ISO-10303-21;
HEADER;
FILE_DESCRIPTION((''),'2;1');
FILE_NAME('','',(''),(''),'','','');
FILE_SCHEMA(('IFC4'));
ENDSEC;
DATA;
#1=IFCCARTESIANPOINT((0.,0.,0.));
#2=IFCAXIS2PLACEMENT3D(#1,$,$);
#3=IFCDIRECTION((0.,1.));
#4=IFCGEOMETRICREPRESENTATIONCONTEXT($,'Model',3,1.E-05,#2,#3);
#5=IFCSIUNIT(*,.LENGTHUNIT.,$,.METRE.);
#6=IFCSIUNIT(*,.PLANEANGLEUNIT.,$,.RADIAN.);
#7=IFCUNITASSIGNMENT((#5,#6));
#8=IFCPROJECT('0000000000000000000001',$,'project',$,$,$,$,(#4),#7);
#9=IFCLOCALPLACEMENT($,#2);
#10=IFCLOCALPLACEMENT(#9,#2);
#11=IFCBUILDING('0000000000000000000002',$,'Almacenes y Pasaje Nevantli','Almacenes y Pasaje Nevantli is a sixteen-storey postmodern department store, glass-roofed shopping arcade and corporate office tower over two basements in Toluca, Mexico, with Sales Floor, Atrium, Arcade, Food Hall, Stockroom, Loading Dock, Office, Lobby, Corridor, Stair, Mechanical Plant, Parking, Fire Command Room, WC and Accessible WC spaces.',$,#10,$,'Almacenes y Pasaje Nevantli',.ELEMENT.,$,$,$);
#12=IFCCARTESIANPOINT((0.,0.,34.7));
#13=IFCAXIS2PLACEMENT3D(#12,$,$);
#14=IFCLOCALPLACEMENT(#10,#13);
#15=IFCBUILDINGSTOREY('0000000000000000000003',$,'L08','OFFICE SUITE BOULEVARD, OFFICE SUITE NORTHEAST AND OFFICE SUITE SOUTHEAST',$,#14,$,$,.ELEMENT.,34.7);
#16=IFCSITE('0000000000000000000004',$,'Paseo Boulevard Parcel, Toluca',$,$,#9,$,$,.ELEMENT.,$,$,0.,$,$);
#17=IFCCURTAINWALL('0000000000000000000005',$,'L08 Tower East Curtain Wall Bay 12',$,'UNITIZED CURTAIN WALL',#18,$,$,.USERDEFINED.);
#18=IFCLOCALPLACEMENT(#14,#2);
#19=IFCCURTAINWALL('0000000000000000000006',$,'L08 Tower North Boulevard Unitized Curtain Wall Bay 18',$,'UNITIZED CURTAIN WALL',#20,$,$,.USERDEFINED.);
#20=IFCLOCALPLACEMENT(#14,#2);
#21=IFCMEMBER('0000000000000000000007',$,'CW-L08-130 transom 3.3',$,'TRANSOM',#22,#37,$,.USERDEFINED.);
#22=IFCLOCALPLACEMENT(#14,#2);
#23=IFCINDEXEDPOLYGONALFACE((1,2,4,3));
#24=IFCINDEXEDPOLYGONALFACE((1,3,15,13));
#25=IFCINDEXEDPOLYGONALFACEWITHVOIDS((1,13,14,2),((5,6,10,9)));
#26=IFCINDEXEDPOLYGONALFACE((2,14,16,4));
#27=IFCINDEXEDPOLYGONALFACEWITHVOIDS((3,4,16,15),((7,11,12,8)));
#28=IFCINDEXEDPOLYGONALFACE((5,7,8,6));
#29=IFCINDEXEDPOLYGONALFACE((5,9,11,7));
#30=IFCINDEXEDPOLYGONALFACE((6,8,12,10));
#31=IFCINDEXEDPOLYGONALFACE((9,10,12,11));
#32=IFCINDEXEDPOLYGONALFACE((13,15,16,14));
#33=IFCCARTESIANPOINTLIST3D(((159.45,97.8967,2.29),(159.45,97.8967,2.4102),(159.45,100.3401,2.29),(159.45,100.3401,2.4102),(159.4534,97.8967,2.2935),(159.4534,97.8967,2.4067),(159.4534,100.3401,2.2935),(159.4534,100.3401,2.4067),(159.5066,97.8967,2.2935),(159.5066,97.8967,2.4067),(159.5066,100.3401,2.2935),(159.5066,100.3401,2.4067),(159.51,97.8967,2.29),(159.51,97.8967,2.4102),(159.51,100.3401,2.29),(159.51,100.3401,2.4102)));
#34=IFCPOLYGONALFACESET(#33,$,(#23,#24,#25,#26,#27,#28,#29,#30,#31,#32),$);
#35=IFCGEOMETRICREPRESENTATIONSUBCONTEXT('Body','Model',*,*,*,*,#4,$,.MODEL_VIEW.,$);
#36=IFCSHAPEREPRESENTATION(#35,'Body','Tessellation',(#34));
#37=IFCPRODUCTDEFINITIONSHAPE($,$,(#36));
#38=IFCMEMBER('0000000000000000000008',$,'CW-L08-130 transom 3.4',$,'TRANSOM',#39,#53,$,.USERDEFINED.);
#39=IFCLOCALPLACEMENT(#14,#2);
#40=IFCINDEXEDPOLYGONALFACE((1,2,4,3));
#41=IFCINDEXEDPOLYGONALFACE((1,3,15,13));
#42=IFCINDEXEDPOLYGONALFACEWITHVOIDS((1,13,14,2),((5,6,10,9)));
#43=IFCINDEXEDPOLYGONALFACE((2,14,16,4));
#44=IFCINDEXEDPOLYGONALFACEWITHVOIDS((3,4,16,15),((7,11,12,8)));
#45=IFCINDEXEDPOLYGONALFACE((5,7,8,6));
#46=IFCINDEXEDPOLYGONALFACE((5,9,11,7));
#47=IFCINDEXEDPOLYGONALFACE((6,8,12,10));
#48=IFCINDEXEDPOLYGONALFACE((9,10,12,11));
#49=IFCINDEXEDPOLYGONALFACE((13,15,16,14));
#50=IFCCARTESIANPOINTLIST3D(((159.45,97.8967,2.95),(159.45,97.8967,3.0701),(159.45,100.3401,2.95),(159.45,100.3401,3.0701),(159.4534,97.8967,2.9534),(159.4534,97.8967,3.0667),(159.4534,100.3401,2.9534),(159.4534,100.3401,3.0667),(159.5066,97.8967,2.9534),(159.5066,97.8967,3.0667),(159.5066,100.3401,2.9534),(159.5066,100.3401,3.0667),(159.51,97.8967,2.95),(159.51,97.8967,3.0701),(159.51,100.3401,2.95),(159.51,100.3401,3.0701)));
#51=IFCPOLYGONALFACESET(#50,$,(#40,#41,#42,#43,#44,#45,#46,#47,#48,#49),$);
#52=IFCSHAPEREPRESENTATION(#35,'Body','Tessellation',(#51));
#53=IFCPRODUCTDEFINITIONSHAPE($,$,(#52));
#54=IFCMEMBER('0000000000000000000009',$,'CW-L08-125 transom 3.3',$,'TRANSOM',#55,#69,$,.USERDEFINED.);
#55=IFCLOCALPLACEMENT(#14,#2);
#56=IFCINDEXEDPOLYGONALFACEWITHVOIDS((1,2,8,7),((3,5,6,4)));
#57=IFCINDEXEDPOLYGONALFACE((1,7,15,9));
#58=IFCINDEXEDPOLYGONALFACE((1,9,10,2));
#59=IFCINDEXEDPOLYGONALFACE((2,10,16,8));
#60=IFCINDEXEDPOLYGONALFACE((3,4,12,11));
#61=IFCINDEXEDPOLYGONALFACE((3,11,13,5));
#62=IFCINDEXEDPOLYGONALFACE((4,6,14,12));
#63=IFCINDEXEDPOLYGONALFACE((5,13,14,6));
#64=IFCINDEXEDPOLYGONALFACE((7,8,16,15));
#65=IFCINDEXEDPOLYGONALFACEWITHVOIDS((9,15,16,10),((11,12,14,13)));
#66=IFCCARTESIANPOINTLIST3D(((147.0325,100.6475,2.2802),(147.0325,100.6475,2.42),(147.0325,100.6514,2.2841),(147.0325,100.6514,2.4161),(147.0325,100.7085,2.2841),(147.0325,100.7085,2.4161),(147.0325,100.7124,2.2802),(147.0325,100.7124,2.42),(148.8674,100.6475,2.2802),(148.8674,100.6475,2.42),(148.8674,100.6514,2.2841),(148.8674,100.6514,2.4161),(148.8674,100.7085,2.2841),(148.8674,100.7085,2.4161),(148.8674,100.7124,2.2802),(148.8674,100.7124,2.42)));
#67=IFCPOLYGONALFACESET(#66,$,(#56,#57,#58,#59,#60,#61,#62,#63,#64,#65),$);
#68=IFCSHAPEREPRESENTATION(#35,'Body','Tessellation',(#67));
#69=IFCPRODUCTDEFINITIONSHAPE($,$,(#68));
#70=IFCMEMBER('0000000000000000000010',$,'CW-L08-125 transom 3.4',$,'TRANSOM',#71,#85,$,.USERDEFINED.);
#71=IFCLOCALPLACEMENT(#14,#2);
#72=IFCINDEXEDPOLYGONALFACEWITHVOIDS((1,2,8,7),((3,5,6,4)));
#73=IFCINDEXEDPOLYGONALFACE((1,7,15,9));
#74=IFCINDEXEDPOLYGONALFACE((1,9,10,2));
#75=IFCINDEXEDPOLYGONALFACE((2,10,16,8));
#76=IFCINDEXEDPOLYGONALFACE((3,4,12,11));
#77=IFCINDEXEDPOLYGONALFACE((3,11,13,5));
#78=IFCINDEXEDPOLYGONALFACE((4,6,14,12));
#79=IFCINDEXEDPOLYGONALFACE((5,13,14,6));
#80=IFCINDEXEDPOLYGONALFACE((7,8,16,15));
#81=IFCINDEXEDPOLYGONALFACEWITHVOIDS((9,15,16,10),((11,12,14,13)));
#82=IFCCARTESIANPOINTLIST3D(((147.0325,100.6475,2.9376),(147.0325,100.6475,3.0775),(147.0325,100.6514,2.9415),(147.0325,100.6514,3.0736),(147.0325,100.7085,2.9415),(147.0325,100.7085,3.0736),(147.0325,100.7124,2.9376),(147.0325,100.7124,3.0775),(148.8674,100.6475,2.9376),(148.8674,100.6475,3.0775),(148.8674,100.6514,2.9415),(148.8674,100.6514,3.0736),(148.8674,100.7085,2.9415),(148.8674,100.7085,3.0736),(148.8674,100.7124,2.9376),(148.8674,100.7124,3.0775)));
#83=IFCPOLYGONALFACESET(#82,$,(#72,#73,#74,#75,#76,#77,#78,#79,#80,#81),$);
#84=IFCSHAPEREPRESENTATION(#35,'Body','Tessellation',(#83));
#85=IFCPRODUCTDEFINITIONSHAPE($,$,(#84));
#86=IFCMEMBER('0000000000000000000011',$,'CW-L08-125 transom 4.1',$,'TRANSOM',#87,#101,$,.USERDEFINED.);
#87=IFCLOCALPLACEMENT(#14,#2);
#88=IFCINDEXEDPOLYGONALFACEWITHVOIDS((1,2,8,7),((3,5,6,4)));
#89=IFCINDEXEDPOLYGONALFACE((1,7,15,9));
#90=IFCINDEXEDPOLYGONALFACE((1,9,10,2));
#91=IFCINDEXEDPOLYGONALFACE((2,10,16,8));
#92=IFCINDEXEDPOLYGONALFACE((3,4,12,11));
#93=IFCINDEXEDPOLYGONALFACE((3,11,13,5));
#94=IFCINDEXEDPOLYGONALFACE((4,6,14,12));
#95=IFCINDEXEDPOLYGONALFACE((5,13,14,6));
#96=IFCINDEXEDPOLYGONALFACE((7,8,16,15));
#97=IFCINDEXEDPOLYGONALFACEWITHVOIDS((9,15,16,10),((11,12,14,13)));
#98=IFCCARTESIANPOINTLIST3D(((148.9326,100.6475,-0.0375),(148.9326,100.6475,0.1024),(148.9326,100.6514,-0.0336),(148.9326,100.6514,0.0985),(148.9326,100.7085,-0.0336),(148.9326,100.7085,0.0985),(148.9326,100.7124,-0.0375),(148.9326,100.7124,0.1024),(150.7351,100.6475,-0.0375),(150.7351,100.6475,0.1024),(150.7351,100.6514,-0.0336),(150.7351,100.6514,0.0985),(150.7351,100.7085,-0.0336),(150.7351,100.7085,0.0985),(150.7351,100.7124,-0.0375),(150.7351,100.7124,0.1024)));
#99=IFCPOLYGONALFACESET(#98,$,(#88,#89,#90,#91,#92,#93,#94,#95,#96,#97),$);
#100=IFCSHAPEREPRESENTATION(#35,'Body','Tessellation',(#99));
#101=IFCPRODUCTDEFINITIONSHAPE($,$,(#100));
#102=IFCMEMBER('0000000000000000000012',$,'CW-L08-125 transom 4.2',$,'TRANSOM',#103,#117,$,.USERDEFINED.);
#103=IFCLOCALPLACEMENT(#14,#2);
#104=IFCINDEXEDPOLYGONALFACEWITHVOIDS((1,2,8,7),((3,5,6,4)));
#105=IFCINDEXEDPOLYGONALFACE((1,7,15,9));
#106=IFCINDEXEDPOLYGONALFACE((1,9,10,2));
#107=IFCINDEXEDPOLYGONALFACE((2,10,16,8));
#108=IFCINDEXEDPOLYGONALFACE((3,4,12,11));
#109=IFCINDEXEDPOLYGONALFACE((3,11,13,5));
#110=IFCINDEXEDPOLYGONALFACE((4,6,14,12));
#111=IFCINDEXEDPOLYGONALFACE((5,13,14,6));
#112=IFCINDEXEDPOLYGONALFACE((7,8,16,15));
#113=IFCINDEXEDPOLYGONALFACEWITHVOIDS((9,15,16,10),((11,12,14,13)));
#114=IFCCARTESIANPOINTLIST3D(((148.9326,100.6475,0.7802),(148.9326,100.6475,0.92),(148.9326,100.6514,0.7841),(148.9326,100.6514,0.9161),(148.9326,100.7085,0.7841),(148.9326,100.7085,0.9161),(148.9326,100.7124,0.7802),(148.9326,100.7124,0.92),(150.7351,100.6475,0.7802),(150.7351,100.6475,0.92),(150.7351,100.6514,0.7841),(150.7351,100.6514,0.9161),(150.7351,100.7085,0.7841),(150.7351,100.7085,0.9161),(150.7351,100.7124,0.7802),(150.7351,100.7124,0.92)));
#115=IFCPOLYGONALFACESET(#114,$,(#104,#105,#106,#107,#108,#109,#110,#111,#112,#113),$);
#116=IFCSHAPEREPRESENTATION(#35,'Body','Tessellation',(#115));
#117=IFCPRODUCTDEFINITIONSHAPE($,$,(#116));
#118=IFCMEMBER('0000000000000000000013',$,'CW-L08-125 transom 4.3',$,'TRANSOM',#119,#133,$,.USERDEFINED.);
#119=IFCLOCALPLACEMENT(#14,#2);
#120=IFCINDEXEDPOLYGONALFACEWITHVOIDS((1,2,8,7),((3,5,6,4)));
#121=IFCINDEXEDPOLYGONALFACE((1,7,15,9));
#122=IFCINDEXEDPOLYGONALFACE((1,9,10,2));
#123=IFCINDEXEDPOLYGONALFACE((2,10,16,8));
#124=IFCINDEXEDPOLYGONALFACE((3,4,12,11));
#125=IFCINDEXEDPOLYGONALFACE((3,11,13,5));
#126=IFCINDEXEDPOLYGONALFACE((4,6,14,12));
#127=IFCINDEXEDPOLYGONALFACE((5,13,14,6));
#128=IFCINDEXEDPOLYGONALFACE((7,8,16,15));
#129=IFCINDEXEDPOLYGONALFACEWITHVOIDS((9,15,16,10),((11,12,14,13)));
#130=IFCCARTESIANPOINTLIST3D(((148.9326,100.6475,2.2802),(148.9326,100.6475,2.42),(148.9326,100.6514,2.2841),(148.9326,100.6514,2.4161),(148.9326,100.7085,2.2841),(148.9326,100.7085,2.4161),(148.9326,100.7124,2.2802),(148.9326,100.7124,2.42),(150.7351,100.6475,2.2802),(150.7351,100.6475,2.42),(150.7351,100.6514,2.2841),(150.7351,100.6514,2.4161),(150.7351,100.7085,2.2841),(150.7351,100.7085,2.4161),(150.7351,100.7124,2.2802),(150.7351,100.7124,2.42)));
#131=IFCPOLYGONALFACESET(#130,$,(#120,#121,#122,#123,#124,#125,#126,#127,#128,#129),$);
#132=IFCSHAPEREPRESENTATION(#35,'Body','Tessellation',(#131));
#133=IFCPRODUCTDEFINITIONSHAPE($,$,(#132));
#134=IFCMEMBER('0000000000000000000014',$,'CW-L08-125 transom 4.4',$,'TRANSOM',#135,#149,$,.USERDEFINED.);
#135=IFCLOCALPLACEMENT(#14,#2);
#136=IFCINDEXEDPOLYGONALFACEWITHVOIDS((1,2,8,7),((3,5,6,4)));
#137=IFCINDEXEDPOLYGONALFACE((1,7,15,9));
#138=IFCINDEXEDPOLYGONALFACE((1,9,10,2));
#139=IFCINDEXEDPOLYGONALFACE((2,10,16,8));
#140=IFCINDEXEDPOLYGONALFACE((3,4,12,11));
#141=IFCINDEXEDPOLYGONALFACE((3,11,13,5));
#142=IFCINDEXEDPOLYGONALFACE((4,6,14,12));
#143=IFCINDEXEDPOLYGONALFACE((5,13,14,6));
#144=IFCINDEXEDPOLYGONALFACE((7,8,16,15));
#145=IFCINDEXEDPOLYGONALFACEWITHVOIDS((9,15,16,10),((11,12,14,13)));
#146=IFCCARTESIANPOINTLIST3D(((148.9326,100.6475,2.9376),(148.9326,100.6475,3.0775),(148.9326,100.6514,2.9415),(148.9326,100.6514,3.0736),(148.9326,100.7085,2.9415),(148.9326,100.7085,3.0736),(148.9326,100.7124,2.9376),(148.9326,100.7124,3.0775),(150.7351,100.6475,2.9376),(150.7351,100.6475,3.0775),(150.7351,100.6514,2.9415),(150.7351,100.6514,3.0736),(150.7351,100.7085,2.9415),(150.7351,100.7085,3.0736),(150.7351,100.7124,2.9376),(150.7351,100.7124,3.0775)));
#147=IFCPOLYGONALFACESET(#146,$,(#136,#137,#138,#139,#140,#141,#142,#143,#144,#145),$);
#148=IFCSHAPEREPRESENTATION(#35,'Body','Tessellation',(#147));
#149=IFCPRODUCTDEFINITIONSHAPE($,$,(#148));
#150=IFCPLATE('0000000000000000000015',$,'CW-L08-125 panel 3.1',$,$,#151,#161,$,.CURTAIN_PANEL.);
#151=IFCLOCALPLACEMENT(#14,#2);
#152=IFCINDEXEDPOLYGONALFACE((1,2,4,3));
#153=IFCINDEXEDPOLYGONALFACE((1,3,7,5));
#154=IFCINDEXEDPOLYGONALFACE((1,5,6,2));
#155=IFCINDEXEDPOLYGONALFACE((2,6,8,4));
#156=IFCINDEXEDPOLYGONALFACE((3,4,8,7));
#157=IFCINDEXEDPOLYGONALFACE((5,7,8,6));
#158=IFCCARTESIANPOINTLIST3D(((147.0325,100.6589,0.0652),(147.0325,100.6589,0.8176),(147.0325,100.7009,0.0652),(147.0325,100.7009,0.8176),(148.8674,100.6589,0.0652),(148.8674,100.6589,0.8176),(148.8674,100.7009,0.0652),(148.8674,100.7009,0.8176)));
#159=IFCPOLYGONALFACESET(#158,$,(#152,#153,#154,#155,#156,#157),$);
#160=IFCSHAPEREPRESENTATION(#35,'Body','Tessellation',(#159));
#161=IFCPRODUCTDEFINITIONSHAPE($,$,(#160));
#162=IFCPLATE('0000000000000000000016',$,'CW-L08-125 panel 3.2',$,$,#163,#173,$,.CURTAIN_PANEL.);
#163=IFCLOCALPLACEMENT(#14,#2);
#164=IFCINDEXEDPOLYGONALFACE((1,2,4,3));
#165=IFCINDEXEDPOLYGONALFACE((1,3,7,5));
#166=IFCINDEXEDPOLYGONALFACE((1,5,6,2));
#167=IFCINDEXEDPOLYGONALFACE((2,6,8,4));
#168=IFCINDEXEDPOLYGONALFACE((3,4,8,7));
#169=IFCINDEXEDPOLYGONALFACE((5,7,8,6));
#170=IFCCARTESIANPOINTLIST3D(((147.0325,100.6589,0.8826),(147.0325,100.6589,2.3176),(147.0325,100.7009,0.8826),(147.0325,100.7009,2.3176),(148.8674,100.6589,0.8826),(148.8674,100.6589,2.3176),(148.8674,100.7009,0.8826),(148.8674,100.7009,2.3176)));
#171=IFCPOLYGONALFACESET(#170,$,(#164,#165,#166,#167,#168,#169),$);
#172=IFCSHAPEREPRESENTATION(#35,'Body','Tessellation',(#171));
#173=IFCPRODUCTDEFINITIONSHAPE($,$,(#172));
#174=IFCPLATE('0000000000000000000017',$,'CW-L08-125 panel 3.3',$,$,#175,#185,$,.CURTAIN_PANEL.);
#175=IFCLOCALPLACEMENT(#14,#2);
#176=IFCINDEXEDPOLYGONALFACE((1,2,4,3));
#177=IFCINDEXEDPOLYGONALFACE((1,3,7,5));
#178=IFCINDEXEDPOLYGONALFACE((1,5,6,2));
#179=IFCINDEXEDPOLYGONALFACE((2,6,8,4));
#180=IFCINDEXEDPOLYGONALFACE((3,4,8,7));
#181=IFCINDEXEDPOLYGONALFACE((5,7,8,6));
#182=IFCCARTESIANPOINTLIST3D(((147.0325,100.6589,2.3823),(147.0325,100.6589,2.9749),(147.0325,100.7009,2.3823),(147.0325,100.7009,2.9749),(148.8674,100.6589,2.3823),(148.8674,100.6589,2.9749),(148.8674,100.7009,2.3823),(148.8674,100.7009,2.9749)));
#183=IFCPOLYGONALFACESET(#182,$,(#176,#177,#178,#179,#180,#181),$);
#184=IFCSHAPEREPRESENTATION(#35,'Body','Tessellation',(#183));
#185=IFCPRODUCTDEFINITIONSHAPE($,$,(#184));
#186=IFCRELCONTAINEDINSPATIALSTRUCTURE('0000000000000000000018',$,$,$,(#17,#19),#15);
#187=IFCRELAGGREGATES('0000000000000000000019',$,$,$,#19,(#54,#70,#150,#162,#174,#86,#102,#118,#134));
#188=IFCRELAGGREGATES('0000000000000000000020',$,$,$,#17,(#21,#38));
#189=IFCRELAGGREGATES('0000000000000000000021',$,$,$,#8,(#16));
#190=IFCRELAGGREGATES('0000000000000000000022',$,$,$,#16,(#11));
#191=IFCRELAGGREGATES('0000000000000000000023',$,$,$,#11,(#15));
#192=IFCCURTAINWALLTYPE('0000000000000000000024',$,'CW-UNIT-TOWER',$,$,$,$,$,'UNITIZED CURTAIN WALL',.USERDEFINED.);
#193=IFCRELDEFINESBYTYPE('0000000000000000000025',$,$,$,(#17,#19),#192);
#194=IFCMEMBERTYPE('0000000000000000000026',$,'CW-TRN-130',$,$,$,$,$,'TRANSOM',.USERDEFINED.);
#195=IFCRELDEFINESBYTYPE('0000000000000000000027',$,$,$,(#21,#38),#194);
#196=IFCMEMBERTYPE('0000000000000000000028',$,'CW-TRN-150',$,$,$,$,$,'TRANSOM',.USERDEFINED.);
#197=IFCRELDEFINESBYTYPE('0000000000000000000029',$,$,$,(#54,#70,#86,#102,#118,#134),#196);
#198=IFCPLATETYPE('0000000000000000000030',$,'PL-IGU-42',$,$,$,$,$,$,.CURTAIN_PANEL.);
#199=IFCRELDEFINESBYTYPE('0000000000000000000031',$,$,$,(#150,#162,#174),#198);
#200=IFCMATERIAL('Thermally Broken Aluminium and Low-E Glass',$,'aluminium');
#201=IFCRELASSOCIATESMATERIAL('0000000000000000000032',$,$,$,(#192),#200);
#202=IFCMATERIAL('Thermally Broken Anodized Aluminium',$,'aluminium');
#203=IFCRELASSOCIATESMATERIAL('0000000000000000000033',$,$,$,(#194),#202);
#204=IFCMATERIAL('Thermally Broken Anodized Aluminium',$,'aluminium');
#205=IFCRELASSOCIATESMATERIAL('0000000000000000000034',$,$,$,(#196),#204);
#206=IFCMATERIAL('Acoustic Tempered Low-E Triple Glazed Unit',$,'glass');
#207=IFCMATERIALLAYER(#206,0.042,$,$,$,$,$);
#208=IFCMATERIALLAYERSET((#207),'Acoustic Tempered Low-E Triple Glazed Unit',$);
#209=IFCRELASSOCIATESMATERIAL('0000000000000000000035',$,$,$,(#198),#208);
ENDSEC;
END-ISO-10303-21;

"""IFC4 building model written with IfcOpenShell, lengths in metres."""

from ifc_helpers import new_model, si_unit, direction, frame, origin, origin_2d, place, context, subcontext, project, spatial, rectangle, hollow_rectangle, extrude, material, layer, layer_set, material_profile, profile_set, type_object, element, aggregate, save


model = new_model("IFC4")

# Units and contexts
model_context = context("Model", 3, precision=1e-05, world=origin(), true_north=direction((0.0, 1.0)))
body_context = subcontext(model_context, "Body", "Model", "MODEL_VIEW")
ifc_project = project(units=[si_unit("LENGTHUNIT", "METRE"), si_unit("PLANEANGLEUNIT", "RADIAN")], contexts=[model_context])

# Site, building, storey
site_placement = place(None, origin())
site = spatial("IfcSite", under=ifc_project, at=site_placement, Name="Paseo Boulevard Parcel, Toluca", CompositionType="ELEMENT", RefElevation=0.0)
building_placement = place(site_placement, origin())
building = spatial("IfcBuilding", under=site, at=building_placement, Name="Almacenes y Pasaje Nevantli", Description="Almacenes y Pasaje Nevantli is a sixteen-storey postmodern department store, glass-roofed shopping arcade and corporate office tower over two basements in Toluca, Mexico, with Sales Floor, Atrium, Arcade, Food Hall, Stockroom, Loading Dock, Office, Lobby, Corridor, Stair, Mechanical Plant, Parking, Fire Command Room, WC and Accessible WC spaces.", LongName="Almacenes y Pasaje Nevantli", CompositionType="ELEMENT")
storey_placement = place(building_placement, frame((0.0, 0.0, 34.7)))
storey = spatial("IfcBuildingStorey", under=building, at=storey_placement, Name="L08", Description="OFFICE SUITE BOULEVARD, OFFICE SUITE NORTHEAST AND OFFICE SUITE SOUTHEAST", CompositionType="ELEMENT", Elevation=34.7)

# Curtain walls
ifc_material_1 = material(Name="Thermally Broken Aluminium and Low-E Glass", Category="aluminium")
curtain_wall_type = type_object("IfcCurtainWallType", Name="CW-UNIT-TOWER", ElementType="UNITIZED CURTAIN WALL", PredefinedType="USERDEFINED", material=ifc_material_1)
curtain_wall_1_placement = place(storey_placement, origin())
curtain_wall_1 = element("IfcCurtainWall", 1, at=curtain_wall_1_placement, inside=storey, type_object=curtain_wall_type, Name="L08 Tower East Curtain Wall Bay 12", ObjectType="UNITIZED CURTAIN WALL", PredefinedType="USERDEFINED")
curtain_wall_2_placement = place(storey_placement, origin())
curtain_wall_2 = element("IfcCurtainWall", 2, at=curtain_wall_2_placement, inside=storey, type_object=curtain_wall_type, Name="L08 Tower North Boulevard Unitized Curtain Wall Bay 18", ObjectType="UNITIZED CURTAIN WALL", PredefinedType="USERDEFINED")

# Members
ifc_material_2 = material(Name="Thermally Broken Anodized Aluminium", Category="aluminium")
ifc_material_profile_1 = material_profile(ifc_material_2, hollow_rectangle(XDim=0.0601, YDim=0.1201, WallThickness=0.0034, at=origin_2d()), Name="ALU-TRN-60x120")
ifc_profile_set_1 = profile_set([ifc_material_profile_1], Name="Thermally Broken Anodized Aluminium")
member_type_1 = type_object("IfcMemberType", Name="CW-TRN-130", ElementType="TRANSOM", PredefinedType="USERDEFINED", material=ifc_profile_set_1)
member_1_placement = place(storey_placement, frame((159.48, 97.8967, 2.3501), z_axis=(0.0, 1.0, 0.0), x_axis=(-1.0, 0.0, 0.0)))
member_1 = element("IfcMember", 3, at=member_1_placement, type_object=member_type_1, Name="CW-L08-130 transom 3.3", ObjectType="TRANSOM", PredefinedType="USERDEFINED", context=body_context, shape_type="SweptSolid", body=[
    extrude(hollow_rectangle(XDim=0.0601, YDim=0.1201, WallThickness=0.0034, at=origin_2d()), origin(), (0.0, 0.0, 1.0), 2.4434),
])
member_2_placement = place(storey_placement, frame((159.48, 97.8967, 3.01), z_axis=(0.0, 1.0, 0.0), x_axis=(-1.0, 0.0, 0.0)))
member_2 = element("IfcMember", 4, at=member_2_placement, type_object=member_type_1, Name="CW-L08-130 transom 3.4", ObjectType="TRANSOM", PredefinedType="USERDEFINED", context=body_context, shape_type="SweptSolid", body=[
    extrude(hollow_rectangle(XDim=0.0601, YDim=0.1201, WallThickness=0.0034, at=origin_2d()), origin(), (0.0, 0.0, 1.0), 2.4434),
])
ifc_material_3 = material(Name="Thermally Broken Anodized Aluminium", Category="aluminium")
ifc_material_profile_2 = material_profile(ifc_material_3, hollow_rectangle(XDim=0.0649, YDim=0.1399, WallThickness=0.0039, at=origin_2d()), Name="ALU-TRN-65x140")
ifc_profile_set_2 = profile_set([ifc_material_profile_2], Name="Thermally Broken Anodized Aluminium")
member_type_2 = type_object("IfcMemberType", Name="CW-TRN-150", ElementType="TRANSOM", PredefinedType="USERDEFINED", material=ifc_profile_set_2)
member_3_placement = place(storey_placement, frame((147.0325, 100.6799, 2.3501), z_axis=(1.0, 0.0, 0.0), x_axis=(0.0, 1.0, 0.0)))
member_3 = element("IfcMember", 5, at=member_3_placement, type_object=member_type_2, Name="CW-L08-125 transom 3.3", ObjectType="TRANSOM", PredefinedType="USERDEFINED", context=body_context, shape_type="SweptSolid", body=[
    extrude(hollow_rectangle(XDim=0.0649, YDim=0.1399, WallThickness=0.0039, at=origin_2d()), origin(), (0.0, 0.0, 1.0), 1.835),
])
member_4_placement = place(storey_placement, frame((147.0325, 100.6799, 3.0076), z_axis=(1.0, 0.0, 0.0), x_axis=(0.0, 1.0, 0.0)))
member_4 = element("IfcMember", 6, at=member_4_placement, type_object=member_type_2, Name="CW-L08-125 transom 3.4", ObjectType="TRANSOM", PredefinedType="USERDEFINED", context=body_context, shape_type="SweptSolid", body=[
    extrude(hollow_rectangle(XDim=0.0649, YDim=0.1399, WallThickness=0.0039, at=origin_2d()), origin(), (0.0, 0.0, 1.0), 1.835),
])
member_5_placement = place(storey_placement, frame((148.9326, 100.6799, 0.0325), z_axis=(1.0, 0.0, 0.0), x_axis=(0.0, 1.0, 0.0)))
member_5 = element("IfcMember", 7, at=member_5_placement, type_object=member_type_2, Name="CW-L08-125 transom 4.1", ObjectType="TRANSOM", PredefinedType="USERDEFINED", context=body_context, shape_type="SweptSolid", body=[
    extrude(hollow_rectangle(XDim=0.0649, YDim=0.1399, WallThickness=0.0039, at=origin_2d()), origin(), (0.0, 0.0, 1.0), 1.8025),
])
member_6_placement = place(storey_placement, frame((148.9326, 100.6799, 0.8501), z_axis=(1.0, 0.0, 0.0), x_axis=(0.0, 1.0, 0.0)))
member_6 = element("IfcMember", 8, at=member_6_placement, type_object=member_type_2, Name="CW-L08-125 transom 4.2", ObjectType="TRANSOM", PredefinedType="USERDEFINED", context=body_context, shape_type="SweptSolid", body=[
    extrude(hollow_rectangle(XDim=0.0649, YDim=0.1399, WallThickness=0.0039, at=origin_2d()), origin(), (0.0, 0.0, 1.0), 1.8025),
])
member_7_placement = place(storey_placement, frame((148.9326, 100.6799, 2.3501), z_axis=(1.0, 0.0, 0.0), x_axis=(0.0, 1.0, 0.0)))
member_7 = element("IfcMember", 9, at=member_7_placement, type_object=member_type_2, Name="CW-L08-125 transom 4.3", ObjectType="TRANSOM", PredefinedType="USERDEFINED", context=body_context, shape_type="SweptSolid", body=[
    extrude(hollow_rectangle(XDim=0.0649, YDim=0.1399, WallThickness=0.0039, at=origin_2d()), origin(), (0.0, 0.0, 1.0), 1.8025),
])
member_8_placement = place(storey_placement, frame((148.9326, 100.6799, 3.0076), z_axis=(1.0, 0.0, 0.0), x_axis=(0.0, 1.0, 0.0)))
member_8 = element("IfcMember", 10, at=member_8_placement, type_object=member_type_2, Name="CW-L08-125 transom 4.4", ObjectType="TRANSOM", PredefinedType="USERDEFINED", context=body_context, shape_type="SweptSolid", body=[
    extrude(hollow_rectangle(XDim=0.0649, YDim=0.1399, WallThickness=0.0039, at=origin_2d()), origin(), (0.0, 0.0, 1.0), 1.8025),
])

# Plates
ifc_material_4 = material(Name="Acoustic Tempered Low-E Triple Glazed Unit", Category="glass")
ifc_layer_1 = layer(ifc_material_4, 0.042)
ifc_layer_set_1 = layer_set([ifc_layer_1], Name="Acoustic Tempered Low-E Triple Glazed Unit")
plate_type = type_object("IfcPlateType", Name="PL-IGU-42", PredefinedType="CURTAIN_PANEL", material=ifc_layer_set_1)
plate_1_placement = place(storey_placement, frame((147.95, 100.6799, 0.0652), z_axis=(0.0, 0.0, 1.0), x_axis=(1.0, 0.0, 0.0)))
plate_1 = element("IfcPlate", 11, at=plate_1_placement, type_object=plate_type, Name="CW-L08-125 panel 3.1", PredefinedType="CURTAIN_PANEL", context=body_context, shape_type="SweptSolid", body=[
    extrude(rectangle(XDim=1.835, YDim=0.042, at=origin_2d()), origin(), (0.0, 0.0, 1.0), 0.7524),
])
plate_2_placement = place(storey_placement, frame((147.95, 100.6799, 0.8826), z_axis=(0.0, 0.0, 1.0), x_axis=(1.0, 0.0, 0.0)))
plate_2 = element("IfcPlate", 12, at=plate_2_placement, type_object=plate_type, Name="CW-L08-125 panel 3.2", PredefinedType="CURTAIN_PANEL", context=body_context, shape_type="SweptSolid", body=[
    extrude(rectangle(XDim=1.835, YDim=0.042, at=origin_2d()), origin(), (0.0, 0.0, 1.0), 1.4351),
])
plate_3_placement = place(storey_placement, frame((147.95, 100.6799, 2.3823), z_axis=(0.0, 0.0, 1.0), x_axis=(1.0, 0.0, 0.0)))
plate_3 = element("IfcPlate", 13, at=plate_3_placement, type_object=plate_type, Name="CW-L08-125 panel 3.3", PredefinedType="CURTAIN_PANEL", context=body_context, shape_type="SweptSolid", body=[
    extrude(rectangle(XDim=1.835, YDim=0.042, at=origin_2d()), origin(), (0.0, 0.0, 1.0), 0.5925),
])
aggregate(curtain_wall_2, [member_3, member_4, plate_1, plate_2, plate_3, member_5, member_6, member_7, member_8])
aggregate(curtain_wall_1, [member_1, member_2])

save(model, "model.ifc")
